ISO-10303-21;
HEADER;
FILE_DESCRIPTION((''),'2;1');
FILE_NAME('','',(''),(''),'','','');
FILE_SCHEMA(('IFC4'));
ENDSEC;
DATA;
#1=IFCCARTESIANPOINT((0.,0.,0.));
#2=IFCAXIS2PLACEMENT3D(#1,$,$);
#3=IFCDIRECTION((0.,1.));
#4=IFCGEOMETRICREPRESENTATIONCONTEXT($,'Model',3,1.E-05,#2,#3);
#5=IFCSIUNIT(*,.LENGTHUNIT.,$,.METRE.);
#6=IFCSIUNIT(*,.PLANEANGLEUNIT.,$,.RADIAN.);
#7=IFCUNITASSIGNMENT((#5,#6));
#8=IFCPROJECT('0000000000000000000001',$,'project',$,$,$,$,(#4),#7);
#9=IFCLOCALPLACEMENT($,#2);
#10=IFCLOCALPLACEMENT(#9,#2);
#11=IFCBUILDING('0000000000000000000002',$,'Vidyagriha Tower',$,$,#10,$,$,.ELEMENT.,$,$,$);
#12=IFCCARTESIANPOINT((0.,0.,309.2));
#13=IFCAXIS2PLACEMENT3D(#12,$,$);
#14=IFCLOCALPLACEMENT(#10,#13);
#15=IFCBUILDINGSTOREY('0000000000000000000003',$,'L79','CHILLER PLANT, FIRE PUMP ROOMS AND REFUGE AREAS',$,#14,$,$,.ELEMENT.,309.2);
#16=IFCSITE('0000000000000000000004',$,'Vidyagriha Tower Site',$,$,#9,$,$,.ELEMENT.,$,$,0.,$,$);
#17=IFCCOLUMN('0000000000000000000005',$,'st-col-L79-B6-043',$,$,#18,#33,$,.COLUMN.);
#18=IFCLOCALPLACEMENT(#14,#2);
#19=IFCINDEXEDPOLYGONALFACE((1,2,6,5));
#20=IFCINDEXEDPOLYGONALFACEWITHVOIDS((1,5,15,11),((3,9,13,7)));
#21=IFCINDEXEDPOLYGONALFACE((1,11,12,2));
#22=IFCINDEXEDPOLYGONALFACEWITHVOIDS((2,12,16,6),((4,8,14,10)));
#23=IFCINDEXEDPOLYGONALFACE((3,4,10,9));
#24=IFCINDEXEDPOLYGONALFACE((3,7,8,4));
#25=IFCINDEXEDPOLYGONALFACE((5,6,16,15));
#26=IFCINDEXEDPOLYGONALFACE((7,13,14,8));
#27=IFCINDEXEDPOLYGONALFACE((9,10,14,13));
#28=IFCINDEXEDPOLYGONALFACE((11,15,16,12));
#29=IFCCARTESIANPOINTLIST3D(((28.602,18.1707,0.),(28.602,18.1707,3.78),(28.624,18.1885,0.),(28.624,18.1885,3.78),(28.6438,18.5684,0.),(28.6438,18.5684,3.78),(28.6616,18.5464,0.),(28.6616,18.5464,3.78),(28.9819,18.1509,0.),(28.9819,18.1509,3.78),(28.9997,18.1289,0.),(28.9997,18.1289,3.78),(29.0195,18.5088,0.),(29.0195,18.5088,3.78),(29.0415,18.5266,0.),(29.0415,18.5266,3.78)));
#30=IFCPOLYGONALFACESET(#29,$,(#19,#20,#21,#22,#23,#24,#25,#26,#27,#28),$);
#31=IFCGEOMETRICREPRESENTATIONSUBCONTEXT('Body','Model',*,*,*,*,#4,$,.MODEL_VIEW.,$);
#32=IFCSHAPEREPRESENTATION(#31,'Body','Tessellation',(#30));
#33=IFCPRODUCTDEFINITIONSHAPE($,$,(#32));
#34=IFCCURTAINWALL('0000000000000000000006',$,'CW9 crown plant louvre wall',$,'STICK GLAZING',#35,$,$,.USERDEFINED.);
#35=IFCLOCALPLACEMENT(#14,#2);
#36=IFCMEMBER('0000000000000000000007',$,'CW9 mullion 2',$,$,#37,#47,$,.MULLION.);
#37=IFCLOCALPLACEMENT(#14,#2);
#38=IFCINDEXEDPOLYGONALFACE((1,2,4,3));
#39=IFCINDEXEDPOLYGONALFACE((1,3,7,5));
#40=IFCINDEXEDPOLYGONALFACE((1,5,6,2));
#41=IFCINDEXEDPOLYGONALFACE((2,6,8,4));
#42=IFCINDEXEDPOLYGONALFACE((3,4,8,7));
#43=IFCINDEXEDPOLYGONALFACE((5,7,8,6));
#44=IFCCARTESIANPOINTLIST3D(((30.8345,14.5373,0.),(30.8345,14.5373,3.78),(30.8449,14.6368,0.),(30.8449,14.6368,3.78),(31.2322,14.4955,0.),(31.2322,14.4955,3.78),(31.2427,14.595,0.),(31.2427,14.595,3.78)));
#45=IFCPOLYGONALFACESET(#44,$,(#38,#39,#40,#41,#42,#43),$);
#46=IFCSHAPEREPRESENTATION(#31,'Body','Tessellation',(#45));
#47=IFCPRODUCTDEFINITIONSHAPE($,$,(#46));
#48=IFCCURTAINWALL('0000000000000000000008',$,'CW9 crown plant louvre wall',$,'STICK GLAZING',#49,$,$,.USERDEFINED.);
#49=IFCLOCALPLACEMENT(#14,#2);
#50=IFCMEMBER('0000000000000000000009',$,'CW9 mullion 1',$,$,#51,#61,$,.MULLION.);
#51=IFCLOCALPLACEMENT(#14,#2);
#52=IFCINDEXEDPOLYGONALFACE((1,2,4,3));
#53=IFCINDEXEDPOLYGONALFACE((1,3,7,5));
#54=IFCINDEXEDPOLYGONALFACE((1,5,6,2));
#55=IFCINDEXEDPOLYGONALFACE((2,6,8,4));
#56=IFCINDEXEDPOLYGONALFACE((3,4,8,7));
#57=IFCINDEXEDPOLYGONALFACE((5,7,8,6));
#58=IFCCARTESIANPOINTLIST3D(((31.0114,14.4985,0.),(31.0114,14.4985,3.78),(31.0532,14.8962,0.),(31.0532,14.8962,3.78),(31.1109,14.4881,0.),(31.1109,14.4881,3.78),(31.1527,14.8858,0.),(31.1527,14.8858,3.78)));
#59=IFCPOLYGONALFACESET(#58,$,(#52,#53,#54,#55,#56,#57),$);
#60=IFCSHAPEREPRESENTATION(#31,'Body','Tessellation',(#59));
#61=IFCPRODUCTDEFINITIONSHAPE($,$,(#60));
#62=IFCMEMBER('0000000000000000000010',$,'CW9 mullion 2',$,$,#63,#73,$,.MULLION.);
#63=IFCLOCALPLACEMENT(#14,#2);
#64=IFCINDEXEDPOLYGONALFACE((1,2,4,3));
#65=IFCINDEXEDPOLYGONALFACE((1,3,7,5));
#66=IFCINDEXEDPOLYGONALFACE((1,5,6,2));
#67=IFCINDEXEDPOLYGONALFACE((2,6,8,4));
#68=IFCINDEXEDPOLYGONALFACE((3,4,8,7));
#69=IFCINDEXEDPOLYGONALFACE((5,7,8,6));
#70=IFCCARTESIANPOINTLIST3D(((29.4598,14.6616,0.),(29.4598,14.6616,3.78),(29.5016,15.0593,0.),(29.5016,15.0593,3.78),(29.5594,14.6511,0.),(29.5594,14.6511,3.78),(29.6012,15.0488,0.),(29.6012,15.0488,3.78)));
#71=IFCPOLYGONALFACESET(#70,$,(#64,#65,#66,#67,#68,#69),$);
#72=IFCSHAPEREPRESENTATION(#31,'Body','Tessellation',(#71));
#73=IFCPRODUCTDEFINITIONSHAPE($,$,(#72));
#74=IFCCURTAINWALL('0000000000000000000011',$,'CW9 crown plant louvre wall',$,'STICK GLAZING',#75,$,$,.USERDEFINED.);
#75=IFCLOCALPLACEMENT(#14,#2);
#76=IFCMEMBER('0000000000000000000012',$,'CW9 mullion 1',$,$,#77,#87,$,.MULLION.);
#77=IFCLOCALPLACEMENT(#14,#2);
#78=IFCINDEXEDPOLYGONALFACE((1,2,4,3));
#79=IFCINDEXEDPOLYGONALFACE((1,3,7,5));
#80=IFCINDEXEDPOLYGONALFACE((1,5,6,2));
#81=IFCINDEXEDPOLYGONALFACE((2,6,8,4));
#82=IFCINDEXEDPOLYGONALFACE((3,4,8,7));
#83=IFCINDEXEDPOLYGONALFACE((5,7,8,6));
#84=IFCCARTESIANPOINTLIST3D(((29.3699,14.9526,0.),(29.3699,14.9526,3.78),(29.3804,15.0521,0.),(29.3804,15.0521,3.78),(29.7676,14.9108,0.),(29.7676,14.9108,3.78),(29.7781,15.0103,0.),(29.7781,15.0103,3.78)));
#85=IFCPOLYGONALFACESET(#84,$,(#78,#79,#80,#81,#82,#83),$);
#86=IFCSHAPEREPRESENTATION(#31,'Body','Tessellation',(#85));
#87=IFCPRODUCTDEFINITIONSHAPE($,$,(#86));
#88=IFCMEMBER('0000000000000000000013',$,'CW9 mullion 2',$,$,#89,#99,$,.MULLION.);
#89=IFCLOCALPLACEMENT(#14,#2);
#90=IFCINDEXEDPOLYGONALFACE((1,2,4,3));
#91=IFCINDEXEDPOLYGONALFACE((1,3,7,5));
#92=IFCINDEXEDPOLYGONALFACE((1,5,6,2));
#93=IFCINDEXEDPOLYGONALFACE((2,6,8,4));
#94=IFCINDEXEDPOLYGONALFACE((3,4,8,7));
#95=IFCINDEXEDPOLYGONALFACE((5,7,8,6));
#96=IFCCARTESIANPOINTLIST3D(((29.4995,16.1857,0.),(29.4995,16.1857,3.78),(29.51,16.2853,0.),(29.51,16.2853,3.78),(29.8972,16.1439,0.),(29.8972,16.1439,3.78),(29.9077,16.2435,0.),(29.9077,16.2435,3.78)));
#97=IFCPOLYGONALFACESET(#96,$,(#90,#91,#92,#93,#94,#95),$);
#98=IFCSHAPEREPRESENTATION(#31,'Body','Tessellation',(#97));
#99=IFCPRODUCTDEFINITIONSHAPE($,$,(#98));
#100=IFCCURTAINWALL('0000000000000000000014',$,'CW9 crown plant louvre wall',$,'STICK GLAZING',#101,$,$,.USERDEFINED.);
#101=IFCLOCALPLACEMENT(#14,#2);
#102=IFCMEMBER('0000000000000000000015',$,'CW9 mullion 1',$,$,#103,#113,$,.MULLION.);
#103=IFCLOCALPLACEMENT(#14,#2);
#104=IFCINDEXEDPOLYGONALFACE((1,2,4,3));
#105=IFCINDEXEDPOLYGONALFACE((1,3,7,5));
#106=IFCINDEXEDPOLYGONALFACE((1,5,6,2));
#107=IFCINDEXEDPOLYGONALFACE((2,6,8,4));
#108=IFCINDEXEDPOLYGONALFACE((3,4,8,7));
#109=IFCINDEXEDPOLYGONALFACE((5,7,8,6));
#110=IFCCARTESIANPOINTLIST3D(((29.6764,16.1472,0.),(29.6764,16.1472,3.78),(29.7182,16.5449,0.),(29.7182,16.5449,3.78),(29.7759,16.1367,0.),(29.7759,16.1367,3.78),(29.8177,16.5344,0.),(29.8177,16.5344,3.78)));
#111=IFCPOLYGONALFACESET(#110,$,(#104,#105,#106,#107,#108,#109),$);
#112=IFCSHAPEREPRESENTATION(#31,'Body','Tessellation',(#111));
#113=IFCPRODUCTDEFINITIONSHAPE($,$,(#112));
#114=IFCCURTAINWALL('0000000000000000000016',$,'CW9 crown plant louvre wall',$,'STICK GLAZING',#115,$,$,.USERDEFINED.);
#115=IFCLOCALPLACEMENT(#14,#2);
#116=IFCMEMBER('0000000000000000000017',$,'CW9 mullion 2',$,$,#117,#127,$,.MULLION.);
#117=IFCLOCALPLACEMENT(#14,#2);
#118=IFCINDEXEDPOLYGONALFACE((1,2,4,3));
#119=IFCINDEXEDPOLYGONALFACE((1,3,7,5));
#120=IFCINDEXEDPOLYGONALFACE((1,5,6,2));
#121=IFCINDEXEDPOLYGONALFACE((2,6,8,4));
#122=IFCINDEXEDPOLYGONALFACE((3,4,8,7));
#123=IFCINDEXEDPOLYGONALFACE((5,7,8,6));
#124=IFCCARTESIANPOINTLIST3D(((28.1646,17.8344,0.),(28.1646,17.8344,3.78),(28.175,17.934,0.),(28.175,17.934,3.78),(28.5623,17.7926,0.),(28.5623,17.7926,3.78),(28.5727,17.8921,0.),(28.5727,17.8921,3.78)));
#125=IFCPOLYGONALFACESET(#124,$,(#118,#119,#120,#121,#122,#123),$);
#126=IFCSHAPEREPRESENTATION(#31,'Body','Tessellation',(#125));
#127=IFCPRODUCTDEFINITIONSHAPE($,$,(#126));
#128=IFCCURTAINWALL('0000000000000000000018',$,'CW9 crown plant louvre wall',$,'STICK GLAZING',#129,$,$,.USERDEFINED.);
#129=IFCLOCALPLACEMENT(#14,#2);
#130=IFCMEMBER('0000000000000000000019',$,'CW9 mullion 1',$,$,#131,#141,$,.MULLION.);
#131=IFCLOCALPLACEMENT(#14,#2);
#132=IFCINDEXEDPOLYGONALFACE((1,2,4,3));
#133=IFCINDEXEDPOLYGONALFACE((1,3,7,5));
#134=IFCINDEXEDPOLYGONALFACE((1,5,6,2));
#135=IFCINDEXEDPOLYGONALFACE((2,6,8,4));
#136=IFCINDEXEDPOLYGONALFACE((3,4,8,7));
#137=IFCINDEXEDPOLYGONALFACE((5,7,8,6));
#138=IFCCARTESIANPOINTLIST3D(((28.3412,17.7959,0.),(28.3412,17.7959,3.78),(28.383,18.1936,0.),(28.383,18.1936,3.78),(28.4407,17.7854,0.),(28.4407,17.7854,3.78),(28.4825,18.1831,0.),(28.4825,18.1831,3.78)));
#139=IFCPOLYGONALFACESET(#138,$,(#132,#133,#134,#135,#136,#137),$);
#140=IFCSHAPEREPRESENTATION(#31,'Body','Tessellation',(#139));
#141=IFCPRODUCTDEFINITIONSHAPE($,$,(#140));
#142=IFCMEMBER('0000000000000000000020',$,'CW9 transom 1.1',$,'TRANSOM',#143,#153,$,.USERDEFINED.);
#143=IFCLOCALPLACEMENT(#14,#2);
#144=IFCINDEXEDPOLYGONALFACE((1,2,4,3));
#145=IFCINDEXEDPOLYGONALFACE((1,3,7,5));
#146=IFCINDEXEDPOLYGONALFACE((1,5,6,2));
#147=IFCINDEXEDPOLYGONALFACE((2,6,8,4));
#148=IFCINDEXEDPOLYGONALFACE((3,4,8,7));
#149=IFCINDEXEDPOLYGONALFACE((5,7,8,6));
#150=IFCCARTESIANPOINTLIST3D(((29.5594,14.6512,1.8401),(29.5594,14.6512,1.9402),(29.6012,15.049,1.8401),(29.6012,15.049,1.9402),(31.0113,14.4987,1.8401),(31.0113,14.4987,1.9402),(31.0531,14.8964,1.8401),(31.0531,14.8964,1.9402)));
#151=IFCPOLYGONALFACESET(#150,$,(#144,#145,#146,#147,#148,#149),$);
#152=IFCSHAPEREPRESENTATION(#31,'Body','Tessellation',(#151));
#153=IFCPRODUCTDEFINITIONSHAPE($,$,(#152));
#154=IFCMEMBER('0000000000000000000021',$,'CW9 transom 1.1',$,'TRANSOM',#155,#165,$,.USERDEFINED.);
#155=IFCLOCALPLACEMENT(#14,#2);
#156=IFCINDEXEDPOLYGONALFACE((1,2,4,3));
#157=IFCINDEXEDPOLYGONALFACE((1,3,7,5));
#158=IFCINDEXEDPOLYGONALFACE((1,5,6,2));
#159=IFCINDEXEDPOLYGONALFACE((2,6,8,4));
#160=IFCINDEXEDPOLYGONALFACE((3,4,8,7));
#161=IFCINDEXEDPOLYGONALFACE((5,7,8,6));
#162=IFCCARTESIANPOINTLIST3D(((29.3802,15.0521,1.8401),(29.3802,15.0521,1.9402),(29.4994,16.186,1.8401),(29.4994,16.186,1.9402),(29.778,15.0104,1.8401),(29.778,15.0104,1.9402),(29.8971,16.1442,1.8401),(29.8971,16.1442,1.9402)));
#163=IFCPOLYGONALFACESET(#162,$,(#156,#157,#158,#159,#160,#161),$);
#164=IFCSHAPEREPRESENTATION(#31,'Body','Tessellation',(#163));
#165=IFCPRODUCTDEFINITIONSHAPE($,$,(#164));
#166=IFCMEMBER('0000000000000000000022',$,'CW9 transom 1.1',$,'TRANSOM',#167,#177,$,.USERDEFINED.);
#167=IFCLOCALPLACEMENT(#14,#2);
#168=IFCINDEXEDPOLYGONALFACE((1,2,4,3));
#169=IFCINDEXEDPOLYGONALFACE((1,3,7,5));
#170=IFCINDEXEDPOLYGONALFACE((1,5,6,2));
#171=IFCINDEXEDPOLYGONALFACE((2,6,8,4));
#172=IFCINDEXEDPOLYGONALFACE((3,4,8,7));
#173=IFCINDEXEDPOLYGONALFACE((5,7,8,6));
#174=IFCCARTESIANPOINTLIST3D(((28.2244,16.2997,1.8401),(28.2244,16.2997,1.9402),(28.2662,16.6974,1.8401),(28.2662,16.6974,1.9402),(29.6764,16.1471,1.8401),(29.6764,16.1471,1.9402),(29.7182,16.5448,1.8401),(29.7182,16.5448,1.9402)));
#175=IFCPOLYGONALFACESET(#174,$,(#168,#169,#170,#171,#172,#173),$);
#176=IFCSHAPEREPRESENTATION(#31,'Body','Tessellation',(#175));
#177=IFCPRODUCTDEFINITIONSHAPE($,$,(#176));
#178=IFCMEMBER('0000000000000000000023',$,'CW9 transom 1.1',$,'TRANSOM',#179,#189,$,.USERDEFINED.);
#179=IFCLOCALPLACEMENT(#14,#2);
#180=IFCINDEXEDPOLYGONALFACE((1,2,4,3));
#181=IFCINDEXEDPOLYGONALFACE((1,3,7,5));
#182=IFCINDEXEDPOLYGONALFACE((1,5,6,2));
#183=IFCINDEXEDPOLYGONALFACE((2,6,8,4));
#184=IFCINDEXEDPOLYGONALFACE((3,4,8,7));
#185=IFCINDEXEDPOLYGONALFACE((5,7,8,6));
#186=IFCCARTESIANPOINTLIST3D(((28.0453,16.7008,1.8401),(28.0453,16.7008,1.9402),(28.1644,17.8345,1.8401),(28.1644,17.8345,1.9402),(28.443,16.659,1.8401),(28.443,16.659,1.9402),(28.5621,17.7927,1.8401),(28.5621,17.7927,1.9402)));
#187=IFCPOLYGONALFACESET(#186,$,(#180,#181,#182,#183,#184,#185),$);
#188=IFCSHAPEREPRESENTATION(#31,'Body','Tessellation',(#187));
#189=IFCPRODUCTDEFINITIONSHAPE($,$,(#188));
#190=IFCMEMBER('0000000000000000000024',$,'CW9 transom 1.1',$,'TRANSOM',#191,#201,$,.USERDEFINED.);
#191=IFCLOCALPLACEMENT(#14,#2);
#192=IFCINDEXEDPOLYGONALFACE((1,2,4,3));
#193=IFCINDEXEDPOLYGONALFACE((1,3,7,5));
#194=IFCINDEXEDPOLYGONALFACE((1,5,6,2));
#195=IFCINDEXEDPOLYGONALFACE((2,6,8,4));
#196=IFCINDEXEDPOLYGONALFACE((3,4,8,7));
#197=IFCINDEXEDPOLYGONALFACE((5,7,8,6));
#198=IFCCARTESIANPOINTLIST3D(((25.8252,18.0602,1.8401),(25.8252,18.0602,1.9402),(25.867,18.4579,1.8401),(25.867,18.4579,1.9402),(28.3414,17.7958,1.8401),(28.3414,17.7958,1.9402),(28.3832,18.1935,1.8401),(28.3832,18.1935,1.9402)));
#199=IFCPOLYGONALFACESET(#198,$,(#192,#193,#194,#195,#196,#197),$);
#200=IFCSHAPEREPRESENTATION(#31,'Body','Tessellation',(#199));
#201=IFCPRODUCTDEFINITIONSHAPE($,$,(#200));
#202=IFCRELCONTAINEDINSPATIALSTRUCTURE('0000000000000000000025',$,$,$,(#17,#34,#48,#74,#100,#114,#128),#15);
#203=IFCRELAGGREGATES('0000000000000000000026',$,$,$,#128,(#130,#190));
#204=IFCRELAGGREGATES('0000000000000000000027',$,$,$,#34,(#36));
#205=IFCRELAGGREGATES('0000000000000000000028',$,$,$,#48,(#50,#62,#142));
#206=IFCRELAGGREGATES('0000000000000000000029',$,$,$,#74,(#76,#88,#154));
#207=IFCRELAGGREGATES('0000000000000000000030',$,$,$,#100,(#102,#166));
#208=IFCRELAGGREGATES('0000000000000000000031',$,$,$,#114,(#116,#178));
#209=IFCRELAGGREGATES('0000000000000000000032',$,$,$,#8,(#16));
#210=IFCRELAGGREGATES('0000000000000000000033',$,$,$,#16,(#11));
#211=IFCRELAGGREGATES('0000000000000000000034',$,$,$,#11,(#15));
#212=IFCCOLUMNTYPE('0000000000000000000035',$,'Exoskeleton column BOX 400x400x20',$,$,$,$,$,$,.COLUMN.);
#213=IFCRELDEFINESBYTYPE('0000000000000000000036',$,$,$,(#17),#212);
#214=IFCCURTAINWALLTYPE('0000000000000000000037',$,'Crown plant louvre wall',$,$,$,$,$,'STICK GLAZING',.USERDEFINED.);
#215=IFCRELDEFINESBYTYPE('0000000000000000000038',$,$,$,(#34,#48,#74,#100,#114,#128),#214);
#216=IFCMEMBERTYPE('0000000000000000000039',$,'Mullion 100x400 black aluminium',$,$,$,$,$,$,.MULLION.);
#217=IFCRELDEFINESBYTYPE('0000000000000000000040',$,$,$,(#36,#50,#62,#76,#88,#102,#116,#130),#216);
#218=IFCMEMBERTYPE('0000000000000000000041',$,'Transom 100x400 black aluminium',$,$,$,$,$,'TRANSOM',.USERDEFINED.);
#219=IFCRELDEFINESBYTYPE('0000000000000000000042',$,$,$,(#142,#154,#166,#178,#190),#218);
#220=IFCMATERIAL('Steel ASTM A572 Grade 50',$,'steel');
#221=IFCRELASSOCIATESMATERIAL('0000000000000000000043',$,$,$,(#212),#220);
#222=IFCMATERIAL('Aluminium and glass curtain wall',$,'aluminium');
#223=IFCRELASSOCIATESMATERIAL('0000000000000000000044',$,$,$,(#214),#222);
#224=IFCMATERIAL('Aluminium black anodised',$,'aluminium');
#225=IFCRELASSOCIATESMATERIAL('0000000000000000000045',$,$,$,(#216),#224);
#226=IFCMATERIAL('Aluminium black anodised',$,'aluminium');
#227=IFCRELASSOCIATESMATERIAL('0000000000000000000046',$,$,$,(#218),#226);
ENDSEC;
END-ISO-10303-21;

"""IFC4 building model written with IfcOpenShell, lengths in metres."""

from ifc_helpers import new_model, si_unit, direction, frame, origin, origin_2d, place, context, subcontext, project, spatial, rectangle, hollow_rectangle, extrude, material, material_profile, profile_set, type_object, element, aggregate, save


model = new_model("IFC4")

# Units and contexts
model_context = context("Model", 3, precision=1e-05, world=origin(), true_north=direction((0.0, 1.0)))
body_context = subcontext(model_context, "Body", "Model", "MODEL_VIEW")
ifc_project = project(units=[si_unit("LENGTHUNIT", "METRE"), si_unit("PLANEANGLEUNIT", "RADIAN")], contexts=[model_context])

# Site, building, storey
site_placement = place(None, origin())
site = spatial("IfcSite", under=ifc_project, at=site_placement, Name="Vidyagriha Tower Site", CompositionType="ELEMENT", RefElevation=0.0)
building_placement = place(site_placement, origin())
building = spatial("IfcBuilding", under=site, at=building_placement, Name="Vidyagriha Tower", CompositionType="ELEMENT")
storey_placement = place(building_placement, frame((0.0, 0.0, 309.2)))
storey = spatial("IfcBuildingStorey", under=building, at=storey_placement, Name="L79", Description="CHILLER PLANT, FIRE PUMP ROOMS AND REFUGE AREAS", CompositionType="ELEMENT", Elevation=309.2)

# Column
ifc_material_1 = material(Name="Steel ASTM A572 Grade 50", Category="steel")
ifc_material_profile_1 = material_profile(ifc_material_1, hollow_rectangle(XDim=0.3999, YDim=0.3999, WallThickness=0.02, at=origin_2d()), Name="BOX 400x400x20")
ifc_profile_set_1 = profile_set([ifc_material_profile_1], Name="Steel ASTM A572 Grade 50")
column_type = type_object("IfcColumnType", Name="Exoskeleton column BOX 400x400x20", PredefinedType="COLUMN", material=ifc_profile_set_1)
column_placement = place(storey_placement, frame((28.8218, 18.3486, 0.0), z_axis=(0.0, 0.0, 1.0), x_axis=(0.994522, -0.104528, 0.0)))
element("IfcColumn", 1, at=column_placement, inside=storey, type_object=column_type, Name="st-col-L79-B6-043", PredefinedType="COLUMN", context=body_context, shape_type="SweptSolid", body=[
    extrude(hollow_rectangle(XDim=0.3999, YDim=0.3999, WallThickness=0.02, at=origin_2d()), origin(), (0.0, 0.0, 1.0), 3.78),
])

# Curtain wall, member
ifc_material_2 = material(Name="Aluminium and glass curtain wall", Category="aluminium")
curtain_wall_type = type_object("IfcCurtainWallType", Name="Crown plant louvre wall", ElementType="STICK GLAZING", PredefinedType="USERDEFINED", material=ifc_material_2)
curtain_wall_1_placement = place(storey_placement, origin())
curtain_wall_1 = element("IfcCurtainWall", 2, at=curtain_wall_1_placement, inside=storey, type_object=curtain_wall_type, Name="CW9 crown plant louvre wall", ObjectType="STICK GLAZING", PredefinedType="USERDEFINED")
ifc_material_3 = material(Name="Aluminium black anodised", Category="aluminium")
ifc_material_profile_2 = material_profile(ifc_material_3, rectangle(XDim=0.3999, YDim=0.1001, at=origin_2d()), Name="Mullion 100x400 black aluminium")
ifc_profile_set_2 = profile_set([ifc_material_profile_2], Name="Aluminium black anodised")
member_type_1 = type_object("IfcMemberType", Name="Mullion 100x400 black aluminium", PredefinedType="MULLION", material=ifc_profile_set_2)
member_1_placement = place(storey_placement, frame((31.0386, 14.5662, 0.0), z_axis=(0.0, 0.0, 1.0), x_axis=(-0.994528, 0.104475, 0.0)))
member_1 = element("IfcMember", 3, at=member_1_placement, type_object=member_type_1, Name="CW9 mullion 2", PredefinedType="MULLION", context=body_context, shape_type="SweptSolid", body=[
    extrude(rectangle(XDim=0.3999, YDim=0.1001, at=origin_2d()), origin(), (0.0, 0.0, 1.0), 3.78),
])

# Curtain walls, members
curtain_wall_2_placement = place(storey_placement, origin())
curtain_wall_2 = element("IfcCurtainWall", 4, at=curtain_wall_2_placement, inside=storey, type_object=curtain_wall_type, Name="CW9 crown plant louvre wall", ObjectType="STICK GLAZING", PredefinedType="USERDEFINED")
member_2_placement = place(storey_placement, frame((31.082, 14.6921, 0.0), z_axis=(0.0, 0.0, 1.0), x_axis=(-0.104519, -0.994523, 0.0)))
member_2 = element("IfcMember", 5, at=member_2_placement, type_object=member_type_1, Name="CW9 mullion 1", PredefinedType="MULLION", context=body_context, shape_type="SweptSolid", body=[
    extrude(rectangle(XDim=0.3999, YDim=0.1001, at=origin_2d()), origin(), (0.0, 0.0, 1.0), 3.78),
])
member_3_placement = place(storey_placement, frame((29.5305, 14.8552, 0.0), z_axis=(0.0, 0.0, 1.0), x_axis=(-0.104519, -0.994523, 0.0)))
member_3 = element("IfcMember", 6, at=member_3_placement, type_object=member_type_1, Name="CW9 mullion 2", PredefinedType="MULLION", context=body_context, shape_type="SweptSolid", body=[
    extrude(rectangle(XDim=0.3999, YDim=0.1001, at=origin_2d()), origin(), (0.0, 0.0, 1.0), 3.78),
])
curtain_wall_3_placement = place(storey_placement, origin())
curtain_wall_3 = element("IfcCurtainWall", 7, at=curtain_wall_3_placement, inside=storey, type_object=curtain_wall_type, Name="CW9 crown plant louvre wall", ObjectType="STICK GLAZING", PredefinedType="USERDEFINED")
member_4_placement = place(storey_placement, frame((29.574, 14.9814, 0.0), z_axis=(0.0, 0.0, 1.0), x_axis=(-0.994519, 0.104557, 0.0)))
member_4 = element("IfcMember", 8, at=member_4_placement, type_object=member_type_1, Name="CW9 mullion 1", PredefinedType="MULLION", context=body_context, shape_type="SweptSolid", body=[
    extrude(rectangle(XDim=0.3999, YDim=0.1001, at=origin_2d()), origin(), (0.0, 0.0, 1.0), 3.78),
])
member_5_placement = place(storey_placement, frame((29.7036, 16.2146, 0.0), z_axis=(0.0, 0.0, 1.0), x_axis=(-0.994519, 0.104557, 0.0)))
member_5 = element("IfcMember", 9, at=member_5_placement, type_object=member_type_1, Name="CW9 mullion 2", PredefinedType="MULLION", context=body_context, shape_type="SweptSolid", body=[
    extrude(rectangle(XDim=0.3999, YDim=0.1001, at=origin_2d()), origin(), (0.0, 0.0, 1.0), 3.78),
])

# Curtain walls, members
curtain_wall_4_placement = place(storey_placement, origin())
curtain_wall_4 = element("IfcCurtainWall", 10, at=curtain_wall_4_placement, inside=storey, type_object=curtain_wall_type, Name="CW9 crown plant louvre wall", ObjectType="STICK GLAZING", PredefinedType="USERDEFINED")
member_6_placement = place(storey_placement, frame((29.7471, 16.3408, 0.0), z_axis=(0.0, 0.0, 1.0), x_axis=(-0.104519, -0.994523, 0.0)))
member_6 = element("IfcMember", 11, at=member_6_placement, type_object=member_type_1, Name="CW9 mullion 1", PredefinedType="MULLION", context=body_context, shape_type="SweptSolid", body=[
    extrude(rectangle(XDim=0.3999, YDim=0.1001, at=origin_2d()), origin(), (0.0, 0.0, 1.0), 3.78),
])
curtain_wall_5_placement = place(storey_placement, origin())
curtain_wall_5 = element("IfcCurtainWall", 12, at=curtain_wall_5_placement, inside=storey, type_object=curtain_wall_type, Name="CW9 crown plant louvre wall", ObjectType="STICK GLAZING", PredefinedType="USERDEFINED")
member_7_placement = place(storey_placement, frame((28.3687, 17.8633, 0.0), z_axis=(0.0, 0.0, 1.0), x_axis=(-0.994519, 0.104557, 0.0)))
member_7 = element("IfcMember", 13, at=member_7_placement, type_object=member_type_1, Name="CW9 mullion 2", PredefinedType="MULLION", context=body_context, shape_type="SweptSolid", body=[
    extrude(rectangle(XDim=0.3999, YDim=0.1001, at=origin_2d()), origin(), (0.0, 0.0, 1.0), 3.78),
])
curtain_wall_6_placement = place(storey_placement, origin())
curtain_wall_6 = element("IfcCurtainWall", 14, at=curtain_wall_6_placement, inside=storey, type_object=curtain_wall_type, Name="CW9 crown plant louvre wall", ObjectType="STICK GLAZING", PredefinedType="USERDEFINED")
member_8_placement = place(storey_placement, frame((28.4119, 17.9895, 0.0), z_axis=(0.0, 0.0, 1.0), x_axis=(-0.104528, -0.994522, 0.0)))
member_8 = element("IfcMember", 15, at=member_8_placement, type_object=member_type_1, Name="CW9 mullion 1", PredefinedType="MULLION", context=body_context, shape_type="SweptSolid", body=[
    extrude(rectangle(XDim=0.3999, YDim=0.1001, at=origin_2d()), origin(), (0.0, 0.0, 1.0), 3.78),
])

# Members
ifc_material_4 = material(Name="Aluminium black anodised", Category="aluminium")
ifc_material_profile_3 = material_profile(ifc_material_4, rectangle(XDim=0.3999, YDim=0.1001, at=origin_2d()), Name="Transom 100x400 black aluminium")
ifc_profile_set_3 = profile_set([ifc_material_profile_3], Name="Aluminium black anodised")
member_type_2 = type_object("IfcMemberType", Name="Transom 100x400 black aluminium", ElementType="TRANSOM", PredefinedType="USERDEFINED", material=ifc_profile_set_3)
member_9_placement = place(storey_placement, frame((31.0322, 14.6975, 1.8901), z_axis=(-0.994523, 0.104519, 0.0), x_axis=(-0.104519, -0.994523, 0.0)))
member_9 = element("IfcMember", 16, at=member_9_placement, type_object=member_type_2, Name="CW9 transom 1.1", ObjectType="TRANSOM", PredefinedType="USERDEFINED", context=body_context, shape_type="SweptSolid", body=[
    extrude(rectangle(XDim=0.3999, YDim=0.1001, at=origin_2d()), origin(), (0.0, 0.0, 1.0), 1.46),
])
member_10_placement = place(storey_placement, frame((29.5791, 15.0312, 1.8901), z_axis=(0.104506, 0.994524, 0.0), x_axis=(-0.994524, 0.104506, 0.0)))
member_10 = element("IfcMember", 17, at=member_10_placement, type_object=member_type_2, Name="CW9 transom 1.1", ObjectType="TRANSOM", PredefinedType="USERDEFINED", context=body_context, shape_type="SweptSolid", body=[
    extrude(rectangle(XDim=0.3999, YDim=0.1001, at=origin_2d()), origin(), (0.0, 0.0, 1.0), 1.1401),
])
member_11_placement = place(storey_placement, frame((29.6973, 16.3459, 1.8901), z_axis=(-0.994523, 0.104519, 0.0), x_axis=(-0.104519, -0.994523, 0.0)))
member_11 = element("IfcMember", 18, at=member_11_placement, type_object=member_type_2, Name="CW9 transom 1.1", ObjectType="TRANSOM", PredefinedType="USERDEFINED", context=body_context, shape_type="SweptSolid", body=[
    extrude(rectangle(XDim=0.3999, YDim=0.1001, at=origin_2d()), origin(), (0.0, 0.0, 1.0), 1.46),
])
member_12_placement = place(storey_placement, frame((28.2441, 16.6799, 1.8901), z_axis=(0.104529, 0.994522, 0.0), x_axis=(-0.994522, 0.104529, 0.0)))
member_12 = element("IfcMember", 19, at=member_12_placement, type_object=member_type_2, Name="CW9 transom 1.1", ObjectType="TRANSOM", PredefinedType="USERDEFINED", context=body_context, shape_type="SweptSolid", body=[
    extrude(rectangle(XDim=0.3999, YDim=0.1001, at=origin_2d()), origin(), (0.0, 0.0, 1.0), 1.1399),
])
member_13_placement = place(storey_placement, frame((28.3623, 17.9946, 1.8901), z_axis=(-0.994524, 0.104509, 0.0), x_axis=(-0.104509, -0.994524, 0.0)))
member_13 = element("IfcMember", 20, at=member_13_placement, type_object=member_type_2, Name="CW9 transom 1.1", ObjectType="TRANSOM", PredefinedType="USERDEFINED", context=body_context, shape_type="SweptSolid", body=[
    extrude(rectangle(XDim=0.3999, YDim=0.1001, at=origin_2d()), origin(), (0.0, 0.0, 1.0), 2.53),
])
aggregate(curtain_wall_6, [member_8, member_13])

aggregate(curtain_wall_1, [member_1])
aggregate(curtain_wall_2, [member_2, member_3, member_9])
aggregate(curtain_wall_3, [member_4, member_5, member_10])
aggregate(curtain_wall_4, [member_6, member_11])
aggregate(curtain_wall_5, [member_7, member_12])

save(model, "model.ifc")
